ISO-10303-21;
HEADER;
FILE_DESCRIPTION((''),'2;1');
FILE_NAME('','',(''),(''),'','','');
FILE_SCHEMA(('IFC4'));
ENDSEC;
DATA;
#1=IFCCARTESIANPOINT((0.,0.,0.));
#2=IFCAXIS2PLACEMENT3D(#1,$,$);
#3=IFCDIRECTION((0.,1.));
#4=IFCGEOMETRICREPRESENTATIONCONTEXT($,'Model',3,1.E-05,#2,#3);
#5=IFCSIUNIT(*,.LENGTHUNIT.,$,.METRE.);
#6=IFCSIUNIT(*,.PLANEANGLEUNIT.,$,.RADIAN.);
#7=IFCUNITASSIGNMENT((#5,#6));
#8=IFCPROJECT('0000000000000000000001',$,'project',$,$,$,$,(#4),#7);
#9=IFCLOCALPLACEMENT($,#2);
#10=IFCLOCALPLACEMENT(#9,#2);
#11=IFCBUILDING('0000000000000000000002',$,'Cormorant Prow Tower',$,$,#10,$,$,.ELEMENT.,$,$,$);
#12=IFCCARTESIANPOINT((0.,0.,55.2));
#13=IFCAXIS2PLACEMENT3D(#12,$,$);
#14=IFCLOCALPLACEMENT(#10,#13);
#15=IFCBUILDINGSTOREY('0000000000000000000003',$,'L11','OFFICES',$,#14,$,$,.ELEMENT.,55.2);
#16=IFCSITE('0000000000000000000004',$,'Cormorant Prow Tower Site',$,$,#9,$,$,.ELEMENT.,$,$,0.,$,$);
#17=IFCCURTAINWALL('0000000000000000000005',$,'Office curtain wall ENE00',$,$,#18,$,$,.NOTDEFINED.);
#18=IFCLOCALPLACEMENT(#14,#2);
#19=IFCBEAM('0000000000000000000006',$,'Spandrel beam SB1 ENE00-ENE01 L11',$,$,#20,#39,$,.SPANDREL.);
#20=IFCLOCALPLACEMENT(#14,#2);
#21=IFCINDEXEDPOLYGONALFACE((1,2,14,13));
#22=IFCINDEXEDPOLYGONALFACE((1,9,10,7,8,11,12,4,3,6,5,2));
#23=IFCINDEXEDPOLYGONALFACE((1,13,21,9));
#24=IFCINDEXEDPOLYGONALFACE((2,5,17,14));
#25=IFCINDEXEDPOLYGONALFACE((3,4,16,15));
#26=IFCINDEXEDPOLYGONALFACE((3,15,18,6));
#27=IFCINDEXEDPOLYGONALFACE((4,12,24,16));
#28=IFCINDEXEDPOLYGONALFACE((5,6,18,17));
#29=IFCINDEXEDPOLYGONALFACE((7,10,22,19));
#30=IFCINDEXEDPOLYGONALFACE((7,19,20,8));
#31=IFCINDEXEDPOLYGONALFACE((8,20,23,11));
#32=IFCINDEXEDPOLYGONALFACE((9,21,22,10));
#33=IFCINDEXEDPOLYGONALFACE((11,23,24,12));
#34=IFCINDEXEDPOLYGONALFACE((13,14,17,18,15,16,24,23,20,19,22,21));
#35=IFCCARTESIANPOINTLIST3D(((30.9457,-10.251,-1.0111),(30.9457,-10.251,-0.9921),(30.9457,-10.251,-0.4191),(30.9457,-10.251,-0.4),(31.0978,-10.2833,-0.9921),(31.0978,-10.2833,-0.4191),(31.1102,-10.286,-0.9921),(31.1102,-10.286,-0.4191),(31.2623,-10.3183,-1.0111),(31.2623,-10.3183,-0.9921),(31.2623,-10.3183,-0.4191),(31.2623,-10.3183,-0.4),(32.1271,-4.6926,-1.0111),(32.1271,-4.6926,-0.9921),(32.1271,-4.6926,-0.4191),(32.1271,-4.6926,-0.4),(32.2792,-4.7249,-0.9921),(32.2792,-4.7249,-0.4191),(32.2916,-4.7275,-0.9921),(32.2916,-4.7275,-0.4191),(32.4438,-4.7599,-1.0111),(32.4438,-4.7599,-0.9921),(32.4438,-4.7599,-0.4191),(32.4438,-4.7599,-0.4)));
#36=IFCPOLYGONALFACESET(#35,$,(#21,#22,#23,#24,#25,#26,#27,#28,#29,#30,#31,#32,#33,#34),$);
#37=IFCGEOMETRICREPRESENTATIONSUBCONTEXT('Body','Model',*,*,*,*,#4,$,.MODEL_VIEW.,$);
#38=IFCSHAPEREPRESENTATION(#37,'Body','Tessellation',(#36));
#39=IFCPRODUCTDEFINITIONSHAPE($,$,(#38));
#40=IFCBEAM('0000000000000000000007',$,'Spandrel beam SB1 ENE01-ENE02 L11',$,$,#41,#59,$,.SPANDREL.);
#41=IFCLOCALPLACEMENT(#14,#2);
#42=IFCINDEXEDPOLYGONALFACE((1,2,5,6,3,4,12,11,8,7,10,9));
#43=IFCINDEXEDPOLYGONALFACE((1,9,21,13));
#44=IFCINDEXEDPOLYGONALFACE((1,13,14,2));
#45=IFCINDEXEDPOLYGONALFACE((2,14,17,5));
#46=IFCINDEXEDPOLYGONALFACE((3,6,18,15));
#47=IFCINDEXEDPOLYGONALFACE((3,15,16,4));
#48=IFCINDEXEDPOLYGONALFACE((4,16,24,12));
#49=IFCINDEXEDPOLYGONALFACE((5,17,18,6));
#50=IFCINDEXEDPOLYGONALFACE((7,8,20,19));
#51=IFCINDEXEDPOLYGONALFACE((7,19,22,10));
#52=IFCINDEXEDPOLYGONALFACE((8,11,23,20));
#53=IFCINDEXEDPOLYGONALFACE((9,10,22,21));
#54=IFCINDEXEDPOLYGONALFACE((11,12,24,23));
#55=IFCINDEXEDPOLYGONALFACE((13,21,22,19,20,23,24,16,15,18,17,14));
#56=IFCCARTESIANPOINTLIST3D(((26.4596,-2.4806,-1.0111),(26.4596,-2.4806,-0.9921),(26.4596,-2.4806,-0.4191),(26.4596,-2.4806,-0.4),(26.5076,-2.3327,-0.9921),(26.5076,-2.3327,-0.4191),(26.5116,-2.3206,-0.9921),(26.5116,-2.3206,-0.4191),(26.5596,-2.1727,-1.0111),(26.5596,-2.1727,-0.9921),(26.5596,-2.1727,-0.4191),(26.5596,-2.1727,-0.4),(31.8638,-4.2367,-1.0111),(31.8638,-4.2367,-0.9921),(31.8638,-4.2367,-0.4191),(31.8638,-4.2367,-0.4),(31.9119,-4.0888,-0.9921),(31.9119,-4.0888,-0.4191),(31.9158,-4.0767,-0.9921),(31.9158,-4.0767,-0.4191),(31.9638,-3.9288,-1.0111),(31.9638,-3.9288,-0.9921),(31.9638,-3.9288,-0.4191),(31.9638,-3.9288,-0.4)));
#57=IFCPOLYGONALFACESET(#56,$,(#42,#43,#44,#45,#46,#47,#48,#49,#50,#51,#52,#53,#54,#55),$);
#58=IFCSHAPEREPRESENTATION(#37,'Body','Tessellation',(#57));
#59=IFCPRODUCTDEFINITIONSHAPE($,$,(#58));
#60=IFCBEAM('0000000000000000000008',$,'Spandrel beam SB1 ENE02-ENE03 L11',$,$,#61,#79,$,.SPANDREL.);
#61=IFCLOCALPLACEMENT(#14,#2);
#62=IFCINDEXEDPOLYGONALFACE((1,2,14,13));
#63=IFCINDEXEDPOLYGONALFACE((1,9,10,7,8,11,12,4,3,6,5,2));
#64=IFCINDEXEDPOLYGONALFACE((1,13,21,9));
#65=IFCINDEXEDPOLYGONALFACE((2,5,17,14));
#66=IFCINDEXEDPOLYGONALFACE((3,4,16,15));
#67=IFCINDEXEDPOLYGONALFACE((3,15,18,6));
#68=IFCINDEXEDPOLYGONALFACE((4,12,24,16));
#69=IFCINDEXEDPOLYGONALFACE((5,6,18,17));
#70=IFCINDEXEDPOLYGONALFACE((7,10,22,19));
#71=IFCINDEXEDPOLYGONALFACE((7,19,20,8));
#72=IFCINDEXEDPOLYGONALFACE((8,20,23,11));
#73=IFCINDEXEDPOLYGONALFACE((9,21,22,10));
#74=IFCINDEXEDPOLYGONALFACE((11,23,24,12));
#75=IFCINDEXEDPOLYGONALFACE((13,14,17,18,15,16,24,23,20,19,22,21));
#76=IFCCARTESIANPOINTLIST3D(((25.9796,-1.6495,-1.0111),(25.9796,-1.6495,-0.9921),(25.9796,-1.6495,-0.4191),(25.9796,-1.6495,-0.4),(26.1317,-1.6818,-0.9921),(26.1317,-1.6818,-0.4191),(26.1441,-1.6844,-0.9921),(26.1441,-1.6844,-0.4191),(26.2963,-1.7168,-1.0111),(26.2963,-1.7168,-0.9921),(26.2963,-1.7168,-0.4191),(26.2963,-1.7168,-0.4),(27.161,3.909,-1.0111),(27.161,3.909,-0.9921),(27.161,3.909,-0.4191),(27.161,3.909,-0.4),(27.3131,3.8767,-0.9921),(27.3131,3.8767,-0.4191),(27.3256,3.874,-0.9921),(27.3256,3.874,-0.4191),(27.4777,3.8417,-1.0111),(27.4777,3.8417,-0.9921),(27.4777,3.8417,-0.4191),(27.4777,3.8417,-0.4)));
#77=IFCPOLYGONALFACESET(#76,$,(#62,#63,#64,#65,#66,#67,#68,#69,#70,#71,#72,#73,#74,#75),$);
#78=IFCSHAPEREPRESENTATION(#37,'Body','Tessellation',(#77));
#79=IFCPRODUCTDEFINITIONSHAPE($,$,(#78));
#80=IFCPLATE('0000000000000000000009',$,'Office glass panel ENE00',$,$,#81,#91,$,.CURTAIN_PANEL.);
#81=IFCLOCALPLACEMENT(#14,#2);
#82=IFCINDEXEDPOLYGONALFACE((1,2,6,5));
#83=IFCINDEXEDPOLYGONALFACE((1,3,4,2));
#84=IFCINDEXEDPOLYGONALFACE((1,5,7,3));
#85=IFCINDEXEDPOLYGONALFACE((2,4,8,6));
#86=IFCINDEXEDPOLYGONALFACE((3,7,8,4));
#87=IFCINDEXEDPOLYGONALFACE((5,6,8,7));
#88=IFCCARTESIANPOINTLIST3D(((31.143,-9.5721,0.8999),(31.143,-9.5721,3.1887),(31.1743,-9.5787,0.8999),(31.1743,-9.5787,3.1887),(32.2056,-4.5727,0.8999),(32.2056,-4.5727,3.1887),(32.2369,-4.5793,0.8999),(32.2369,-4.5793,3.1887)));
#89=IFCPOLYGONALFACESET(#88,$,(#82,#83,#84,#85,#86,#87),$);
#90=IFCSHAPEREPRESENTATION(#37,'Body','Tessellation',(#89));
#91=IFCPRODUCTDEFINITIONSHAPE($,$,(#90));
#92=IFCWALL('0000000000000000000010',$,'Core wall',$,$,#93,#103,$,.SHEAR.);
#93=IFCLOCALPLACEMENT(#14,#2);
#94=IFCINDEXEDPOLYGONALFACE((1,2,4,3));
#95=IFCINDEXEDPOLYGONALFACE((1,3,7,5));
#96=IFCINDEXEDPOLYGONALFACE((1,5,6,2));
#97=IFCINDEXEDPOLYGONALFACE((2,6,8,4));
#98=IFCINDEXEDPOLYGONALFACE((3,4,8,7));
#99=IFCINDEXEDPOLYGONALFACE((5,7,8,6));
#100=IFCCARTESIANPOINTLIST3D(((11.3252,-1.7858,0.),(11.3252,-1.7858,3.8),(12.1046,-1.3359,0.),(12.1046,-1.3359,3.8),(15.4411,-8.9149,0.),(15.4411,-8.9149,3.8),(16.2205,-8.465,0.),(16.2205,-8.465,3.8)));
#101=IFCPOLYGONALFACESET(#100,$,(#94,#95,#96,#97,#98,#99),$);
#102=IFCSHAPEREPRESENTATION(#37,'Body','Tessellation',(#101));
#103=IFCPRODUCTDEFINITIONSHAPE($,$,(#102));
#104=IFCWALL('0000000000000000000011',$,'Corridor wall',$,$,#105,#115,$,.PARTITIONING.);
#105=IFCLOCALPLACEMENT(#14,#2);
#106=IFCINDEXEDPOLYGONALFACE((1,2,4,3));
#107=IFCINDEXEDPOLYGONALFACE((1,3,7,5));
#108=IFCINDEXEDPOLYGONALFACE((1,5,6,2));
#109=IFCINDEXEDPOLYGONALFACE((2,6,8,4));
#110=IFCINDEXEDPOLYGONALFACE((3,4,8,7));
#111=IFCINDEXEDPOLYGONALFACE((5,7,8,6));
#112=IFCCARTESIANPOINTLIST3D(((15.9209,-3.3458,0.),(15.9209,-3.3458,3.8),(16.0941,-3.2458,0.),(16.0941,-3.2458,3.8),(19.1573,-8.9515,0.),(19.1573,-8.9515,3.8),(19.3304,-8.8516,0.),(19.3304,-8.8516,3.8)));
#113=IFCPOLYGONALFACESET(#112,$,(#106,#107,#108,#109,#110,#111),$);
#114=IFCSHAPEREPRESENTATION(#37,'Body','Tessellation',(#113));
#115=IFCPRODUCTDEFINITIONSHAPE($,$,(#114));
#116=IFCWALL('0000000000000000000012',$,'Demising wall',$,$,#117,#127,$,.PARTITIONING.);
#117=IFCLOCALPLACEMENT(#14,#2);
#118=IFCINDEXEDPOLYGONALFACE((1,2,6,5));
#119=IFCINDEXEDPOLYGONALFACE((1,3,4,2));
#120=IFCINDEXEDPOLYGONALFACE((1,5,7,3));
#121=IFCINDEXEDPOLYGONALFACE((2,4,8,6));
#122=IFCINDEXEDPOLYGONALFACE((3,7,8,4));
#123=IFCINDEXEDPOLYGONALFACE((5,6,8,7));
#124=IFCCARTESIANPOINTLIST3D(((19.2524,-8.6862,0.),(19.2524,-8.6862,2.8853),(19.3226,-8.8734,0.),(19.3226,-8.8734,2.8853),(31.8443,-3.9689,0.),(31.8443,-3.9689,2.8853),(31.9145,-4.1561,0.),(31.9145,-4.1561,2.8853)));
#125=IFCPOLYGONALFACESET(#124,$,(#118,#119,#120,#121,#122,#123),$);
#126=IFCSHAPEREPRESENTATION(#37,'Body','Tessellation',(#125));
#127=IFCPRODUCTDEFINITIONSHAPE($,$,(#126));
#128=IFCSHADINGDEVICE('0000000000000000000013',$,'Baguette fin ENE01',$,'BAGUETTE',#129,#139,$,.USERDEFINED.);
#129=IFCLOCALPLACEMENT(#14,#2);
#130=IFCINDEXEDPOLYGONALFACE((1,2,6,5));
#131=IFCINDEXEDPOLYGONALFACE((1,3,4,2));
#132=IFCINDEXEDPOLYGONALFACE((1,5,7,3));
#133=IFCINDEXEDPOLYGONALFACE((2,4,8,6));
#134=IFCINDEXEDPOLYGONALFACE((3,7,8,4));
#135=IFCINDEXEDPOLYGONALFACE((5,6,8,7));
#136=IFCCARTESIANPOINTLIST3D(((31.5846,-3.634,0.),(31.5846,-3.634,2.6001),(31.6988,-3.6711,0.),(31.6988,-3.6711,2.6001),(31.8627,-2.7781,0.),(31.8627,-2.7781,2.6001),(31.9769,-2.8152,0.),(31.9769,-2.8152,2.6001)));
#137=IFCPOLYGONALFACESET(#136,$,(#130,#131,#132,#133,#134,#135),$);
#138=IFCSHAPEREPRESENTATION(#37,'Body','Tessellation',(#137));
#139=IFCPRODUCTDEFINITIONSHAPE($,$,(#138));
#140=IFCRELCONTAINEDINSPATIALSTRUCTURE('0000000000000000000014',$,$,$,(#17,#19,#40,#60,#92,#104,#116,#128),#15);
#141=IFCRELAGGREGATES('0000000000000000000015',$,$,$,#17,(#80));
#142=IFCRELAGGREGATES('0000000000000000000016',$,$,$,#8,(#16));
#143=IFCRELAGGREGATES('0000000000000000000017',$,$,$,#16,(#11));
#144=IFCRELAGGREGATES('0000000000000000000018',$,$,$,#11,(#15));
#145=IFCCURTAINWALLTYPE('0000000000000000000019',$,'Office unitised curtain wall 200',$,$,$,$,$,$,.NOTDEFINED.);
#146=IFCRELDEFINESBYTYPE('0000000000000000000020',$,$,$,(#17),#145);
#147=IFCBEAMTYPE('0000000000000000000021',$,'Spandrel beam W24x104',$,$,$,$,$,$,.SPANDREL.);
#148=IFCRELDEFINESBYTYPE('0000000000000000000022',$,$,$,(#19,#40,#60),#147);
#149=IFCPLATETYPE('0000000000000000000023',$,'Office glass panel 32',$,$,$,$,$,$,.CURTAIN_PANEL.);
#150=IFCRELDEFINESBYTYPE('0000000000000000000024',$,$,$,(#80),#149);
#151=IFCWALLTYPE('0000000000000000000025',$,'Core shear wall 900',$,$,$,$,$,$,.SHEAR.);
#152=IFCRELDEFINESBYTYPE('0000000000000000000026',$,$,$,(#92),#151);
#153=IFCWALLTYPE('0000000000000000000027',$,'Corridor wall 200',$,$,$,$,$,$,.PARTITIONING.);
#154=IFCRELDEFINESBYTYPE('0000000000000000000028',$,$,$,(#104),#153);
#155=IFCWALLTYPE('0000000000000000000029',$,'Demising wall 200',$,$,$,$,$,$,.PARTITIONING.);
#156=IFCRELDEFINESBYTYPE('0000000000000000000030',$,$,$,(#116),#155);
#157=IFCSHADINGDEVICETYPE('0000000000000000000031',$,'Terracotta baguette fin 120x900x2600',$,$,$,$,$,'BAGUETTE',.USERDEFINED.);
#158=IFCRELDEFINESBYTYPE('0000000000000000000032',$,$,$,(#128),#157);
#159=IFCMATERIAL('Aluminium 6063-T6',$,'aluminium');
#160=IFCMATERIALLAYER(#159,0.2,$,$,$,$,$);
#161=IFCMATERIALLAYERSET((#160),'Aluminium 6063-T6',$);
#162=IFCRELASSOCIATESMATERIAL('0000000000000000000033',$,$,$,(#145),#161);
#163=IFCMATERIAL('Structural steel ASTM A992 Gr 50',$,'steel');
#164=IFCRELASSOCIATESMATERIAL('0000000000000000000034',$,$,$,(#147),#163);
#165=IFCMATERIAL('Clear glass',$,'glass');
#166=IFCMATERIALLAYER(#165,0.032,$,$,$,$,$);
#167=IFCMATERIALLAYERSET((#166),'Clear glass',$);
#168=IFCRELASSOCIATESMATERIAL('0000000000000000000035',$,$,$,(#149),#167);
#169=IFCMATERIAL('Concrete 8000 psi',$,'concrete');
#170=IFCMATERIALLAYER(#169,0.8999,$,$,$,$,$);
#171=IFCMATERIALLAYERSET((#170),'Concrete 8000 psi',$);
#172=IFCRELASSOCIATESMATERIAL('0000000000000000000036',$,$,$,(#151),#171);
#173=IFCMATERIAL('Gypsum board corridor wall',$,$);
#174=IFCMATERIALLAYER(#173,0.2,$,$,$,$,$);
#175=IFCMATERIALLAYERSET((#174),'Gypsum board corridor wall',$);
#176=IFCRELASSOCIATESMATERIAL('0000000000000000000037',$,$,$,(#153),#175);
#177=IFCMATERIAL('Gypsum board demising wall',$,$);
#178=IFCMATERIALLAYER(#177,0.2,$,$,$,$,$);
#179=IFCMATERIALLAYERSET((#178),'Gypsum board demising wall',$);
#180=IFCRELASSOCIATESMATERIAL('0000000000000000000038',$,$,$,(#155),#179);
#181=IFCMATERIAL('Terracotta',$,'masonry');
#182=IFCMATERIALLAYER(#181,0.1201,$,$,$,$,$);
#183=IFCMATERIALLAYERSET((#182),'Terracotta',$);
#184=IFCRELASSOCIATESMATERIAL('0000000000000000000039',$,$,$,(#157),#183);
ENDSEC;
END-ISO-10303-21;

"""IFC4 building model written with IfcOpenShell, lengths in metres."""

from ifc_helpers import new_model, si_unit, direction, frame, frame_2d, origin, origin_2d, place, context, subcontext, project, spatial, rectangle, i_section, extrude, material, layer, layer_set, material_profile, profile_set, type_object, element, aggregate, save


model = new_model("IFC4")

# Units and contexts
model_context = context("Model", 3, precision=1e-05, world=origin(), true_north=direction((0.0, 1.0)))
body_context = subcontext(model_context, "Body", "Model", "MODEL_VIEW")
ifc_project = project(units=[si_unit("LENGTHUNIT", "METRE"), si_unit("PLANEANGLEUNIT", "RADIAN")], contexts=[model_context])

# Site, building, storey
site_placement = place(None, origin())
site = spatial("IfcSite", under=ifc_project, at=site_placement, Name="Cormorant Prow Tower Site", CompositionType="ELEMENT", RefElevation=0.0)
building_placement = place(site_placement, origin())
building = spatial("IfcBuilding", under=site, at=building_placement, Name="Cormorant Prow Tower", CompositionType="ELEMENT")
storey_placement = place(building_placement, frame((0.0, 0.0, 55.2)))
storey = spatial("IfcBuildingStorey", under=building, at=storey_placement, Name="L11", Description="OFFICES", CompositionType="ELEMENT", Elevation=55.2)

# Curtain wall
ifc_material_1 = material(Name="Aluminium 6063-T6", Category="aluminium")
ifc_layer_1 = layer(ifc_material_1, 0.2)
ifc_layer_set_1 = layer_set([ifc_layer_1], Name="Aluminium 6063-T6")
curtain_wall_type = type_object("IfcCurtainWallType", Name="Office unitised curtain wall 200", PredefinedType="NOTDEFINED", material=ifc_layer_set_1)
curtain_wall_1_placement = place(storey_placement, origin())
curtain_wall_1 = element("IfcCurtainWall", 1, at=curtain_wall_1_placement, inside=storey, type_object=curtain_wall_type, Name="Office curtain wall ENE00", PredefinedType="NOTDEFINED")

# Beams
ifc_material_2 = material(Name="Structural steel ASTM A992 Gr 50", Category="steel")
ifc_material_profile_1 = material_profile(ifc_material_2, i_section(OverallWidth=0.3237, OverallDepth=0.6111, WebThickness=0.0127, FlangeThickness=0.019, at=origin_2d()), Name="W24x104")
ifc_profile_set_1 = profile_set([ifc_material_profile_1], Name="Structural steel ASTM A992 Gr 50")
beam_type_1 = type_object("IfcBeamType", Name="Spandrel beam W24x104", PredefinedType="SPANDREL", material=ifc_profile_set_1)
beam_1_placement = place(storey_placement, frame((31.104, -10.2847, -0.7056), z_axis=(0.2079, 0.97815, 0.0), x_axis=(-0.97815, 0.2079, 0.0)))
element("IfcBeam", 2, at=beam_1_placement, inside=storey, type_object=beam_type_1, Name="Spandrel beam SB1 ENE00-ENE01 L11", PredefinedType="SPANDREL", context=body_context, shape_type="SweptSolid", body=[
    extrude(i_section(OverallWidth=0.3237, OverallDepth=0.6111, WebThickness=0.0127, FlangeThickness=0.019, at=origin_2d()), origin(), (0.0, 0.0, 1.0), 5.6826),
])
beam_2_placement = place(storey_placement, frame((31.9138, -4.0828, -0.7056), z_axis=(-0.951049, 0.309039, 0.0), x_axis=(-0.309039, -0.951049, 0.0)))
element("IfcBeam", 3, at=beam_2_placement, inside=storey, type_object=beam_type_1, Name="Spandrel beam SB1 ENE01-ENE02 L11", PredefinedType="SPANDREL", context=body_context, shape_type="SweptSolid", body=[
    extrude(i_section(OverallWidth=0.3237, OverallDepth=0.6111, WebThickness=0.0127, FlangeThickness=0.019, at=origin_2d()), origin(), (0.0, 0.0, 1.0), 5.6824),
])
beam_3_placement = place(storey_placement, frame((26.1379, -1.6831, -0.7056), z_axis=(0.2079, 0.97815, 0.0), x_axis=(-0.97815, 0.2079, 0.0)))
element("IfcBeam", 4, at=beam_3_placement, inside=storey, type_object=beam_type_1, Name="Spandrel beam SB1 ENE02-ENE03 L11", PredefinedType="SPANDREL", context=body_context, shape_type="SweptSolid", body=[
    extrude(i_section(OverallWidth=0.3237, OverallDepth=0.6111, WebThickness=0.0127, FlangeThickness=0.019, at=origin_2d()), origin(), (0.0, 0.0, 1.0), 5.6826),
])

# Plate
ifc_material_3 = material(Name="Clear glass", Category="glass")
ifc_layer_2 = layer(ifc_material_3, 0.032)
ifc_layer_set_2 = layer_set([ifc_layer_2], Name="Clear glass")
plate_type = type_object("IfcPlateType", Name="Office glass panel 32", PredefinedType="CURTAIN_PANEL", material=ifc_layer_set_2)
plate_placement = place(storey_placement, frame((31.6899, -7.0757, 0.8999), z_axis=(0.0, 0.0, 1.0), x_axis=(0.207912, 0.978148, 0.0)))
plate = element("IfcPlate", 5, at=plate_placement, type_object=plate_type, Name="Office glass panel ENE00", PredefinedType="CURTAIN_PANEL", context=body_context, shape_type="SweptSolid", body=[
    extrude(rectangle(XDim=5.1111, YDim=0.032, at=origin_2d()), origin(), (0.0, 0.0, 1.0), 2.2888),
])
aggregate(curtain_wall_1, [plate])

# Walls
ifc_material_4 = material(Name="Concrete 8000 psi", Category="concrete")
ifc_layer_3 = layer(ifc_material_4, 0.8999)
ifc_layer_set_3 = layer_set([ifc_layer_3], Name="Concrete 8000 psi")
wall_type_1 = type_object("IfcWallType", Name="Core shear wall 900", PredefinedType="SHEAR", material=ifc_layer_set_3)
wall_1_placement = place(storey_placement, frame((15.8308, -8.6899, 0.0), z_axis=(0.0, 0.0, 1.0), x_axis=(-0.499995, 0.866028, 0.0)))
element("IfcWall", 6, at=wall_1_placement, inside=storey, type_object=wall_type_1, Name="Core wall", PredefinedType="SHEAR", context=body_context, shape_type="SweptSolid", body=[
    extrude(rectangle(XDim=8.2319, YDim=0.8999, at=frame_2d((4.116, 0.0))), origin(), (0.0, 0.0, 1.0), 3.8),
])
ifc_material_5 = material(Name="Gypsum board corridor wall")
ifc_layer_4 = layer(ifc_material_5, 0.2)
ifc_layer_set_4 = layer_set([ifc_layer_4], Name="Gypsum board corridor wall")
wall_type_2 = type_object("IfcWallType", Name="Corridor wall 200", PredefinedType="PARTITIONING", material=ifc_layer_set_4)
wall_2_placement = place(storey_placement, frame((16.0076, -3.2959, 0.0), z_axis=(0.0, 0.0, 1.0), x_axis=(0.499985, -0.866034, 0.0)))
element("IfcWall", 7, at=wall_2_placement, inside=storey, type_object=wall_type_2, Name="Corridor wall", PredefinedType="PARTITIONING", context=body_context, shape_type="SweptSolid", body=[
    extrude(rectangle(XDim=6.4729, YDim=0.2, at=frame_2d((3.2363, 0.0))), origin(), (0.0, 0.0, 1.0), 3.8),
])
ifc_material_6 = material(Name="Gypsum board demising wall")
ifc_layer_5 = layer(ifc_material_6, 0.2)
ifc_layer_set_5 = layer_set([ifc_layer_5], Name="Gypsum board demising wall")
wall_type_3 = type_object("IfcWallType", Name="Demising wall 200", PredefinedType="PARTITIONING", material=ifc_layer_set_5)
wall_3_placement = place(storey_placement, frame((19.2876, -8.7798, 0.0), z_axis=(0.0, 0.0, 1.0), x_axis=(0.936443, 0.350821, 0.0)))
element("IfcWall", 8, at=wall_3_placement, inside=storey, type_object=wall_type_3, Name="Demising wall", PredefinedType="PARTITIONING", context=body_context, shape_type="SweptSolid", body=[
    extrude(rectangle(XDim=13.4465, YDim=0.2, at=frame_2d((6.7231, 0.0))), origin(), (0.0, 0.0, 1.0), 2.8853),
])

# Shading device
ifc_material_7 = material(Name="Terracotta", Category="masonry")
ifc_layer_6 = layer(ifc_material_7, 0.1201)
ifc_layer_set_6 = layer_set([ifc_layer_6], Name="Terracotta")
shading_device_type = type_object("IfcShadingDeviceType", Name="Terracotta baguette fin 120x900x2600", ElementType="BAGUETTE", PredefinedType="USERDEFINED", material=ifc_layer_set_6)
shading_device_placement = place(storey_placement, frame((31.7808, -3.2246, 0.0), z_axis=(0.0, 0.0, 1.0), x_axis=(-0.951057, 0.309017, 0.0)))
element("IfcShadingDevice", 9, at=shading_device_placement, inside=storey, type_object=shading_device_type, Name="Baguette fin ENE01", ObjectType="BAGUETTE", PredefinedType="USERDEFINED", context=body_context, shape_type="SweptSolid", body=[
    extrude(rectangle(XDim=0.1201, YDim=0.8999, at=origin_2d()), origin(), (0.0, 0.0, 1.0), 2.6001),
])

save(model, "model.ifc")
